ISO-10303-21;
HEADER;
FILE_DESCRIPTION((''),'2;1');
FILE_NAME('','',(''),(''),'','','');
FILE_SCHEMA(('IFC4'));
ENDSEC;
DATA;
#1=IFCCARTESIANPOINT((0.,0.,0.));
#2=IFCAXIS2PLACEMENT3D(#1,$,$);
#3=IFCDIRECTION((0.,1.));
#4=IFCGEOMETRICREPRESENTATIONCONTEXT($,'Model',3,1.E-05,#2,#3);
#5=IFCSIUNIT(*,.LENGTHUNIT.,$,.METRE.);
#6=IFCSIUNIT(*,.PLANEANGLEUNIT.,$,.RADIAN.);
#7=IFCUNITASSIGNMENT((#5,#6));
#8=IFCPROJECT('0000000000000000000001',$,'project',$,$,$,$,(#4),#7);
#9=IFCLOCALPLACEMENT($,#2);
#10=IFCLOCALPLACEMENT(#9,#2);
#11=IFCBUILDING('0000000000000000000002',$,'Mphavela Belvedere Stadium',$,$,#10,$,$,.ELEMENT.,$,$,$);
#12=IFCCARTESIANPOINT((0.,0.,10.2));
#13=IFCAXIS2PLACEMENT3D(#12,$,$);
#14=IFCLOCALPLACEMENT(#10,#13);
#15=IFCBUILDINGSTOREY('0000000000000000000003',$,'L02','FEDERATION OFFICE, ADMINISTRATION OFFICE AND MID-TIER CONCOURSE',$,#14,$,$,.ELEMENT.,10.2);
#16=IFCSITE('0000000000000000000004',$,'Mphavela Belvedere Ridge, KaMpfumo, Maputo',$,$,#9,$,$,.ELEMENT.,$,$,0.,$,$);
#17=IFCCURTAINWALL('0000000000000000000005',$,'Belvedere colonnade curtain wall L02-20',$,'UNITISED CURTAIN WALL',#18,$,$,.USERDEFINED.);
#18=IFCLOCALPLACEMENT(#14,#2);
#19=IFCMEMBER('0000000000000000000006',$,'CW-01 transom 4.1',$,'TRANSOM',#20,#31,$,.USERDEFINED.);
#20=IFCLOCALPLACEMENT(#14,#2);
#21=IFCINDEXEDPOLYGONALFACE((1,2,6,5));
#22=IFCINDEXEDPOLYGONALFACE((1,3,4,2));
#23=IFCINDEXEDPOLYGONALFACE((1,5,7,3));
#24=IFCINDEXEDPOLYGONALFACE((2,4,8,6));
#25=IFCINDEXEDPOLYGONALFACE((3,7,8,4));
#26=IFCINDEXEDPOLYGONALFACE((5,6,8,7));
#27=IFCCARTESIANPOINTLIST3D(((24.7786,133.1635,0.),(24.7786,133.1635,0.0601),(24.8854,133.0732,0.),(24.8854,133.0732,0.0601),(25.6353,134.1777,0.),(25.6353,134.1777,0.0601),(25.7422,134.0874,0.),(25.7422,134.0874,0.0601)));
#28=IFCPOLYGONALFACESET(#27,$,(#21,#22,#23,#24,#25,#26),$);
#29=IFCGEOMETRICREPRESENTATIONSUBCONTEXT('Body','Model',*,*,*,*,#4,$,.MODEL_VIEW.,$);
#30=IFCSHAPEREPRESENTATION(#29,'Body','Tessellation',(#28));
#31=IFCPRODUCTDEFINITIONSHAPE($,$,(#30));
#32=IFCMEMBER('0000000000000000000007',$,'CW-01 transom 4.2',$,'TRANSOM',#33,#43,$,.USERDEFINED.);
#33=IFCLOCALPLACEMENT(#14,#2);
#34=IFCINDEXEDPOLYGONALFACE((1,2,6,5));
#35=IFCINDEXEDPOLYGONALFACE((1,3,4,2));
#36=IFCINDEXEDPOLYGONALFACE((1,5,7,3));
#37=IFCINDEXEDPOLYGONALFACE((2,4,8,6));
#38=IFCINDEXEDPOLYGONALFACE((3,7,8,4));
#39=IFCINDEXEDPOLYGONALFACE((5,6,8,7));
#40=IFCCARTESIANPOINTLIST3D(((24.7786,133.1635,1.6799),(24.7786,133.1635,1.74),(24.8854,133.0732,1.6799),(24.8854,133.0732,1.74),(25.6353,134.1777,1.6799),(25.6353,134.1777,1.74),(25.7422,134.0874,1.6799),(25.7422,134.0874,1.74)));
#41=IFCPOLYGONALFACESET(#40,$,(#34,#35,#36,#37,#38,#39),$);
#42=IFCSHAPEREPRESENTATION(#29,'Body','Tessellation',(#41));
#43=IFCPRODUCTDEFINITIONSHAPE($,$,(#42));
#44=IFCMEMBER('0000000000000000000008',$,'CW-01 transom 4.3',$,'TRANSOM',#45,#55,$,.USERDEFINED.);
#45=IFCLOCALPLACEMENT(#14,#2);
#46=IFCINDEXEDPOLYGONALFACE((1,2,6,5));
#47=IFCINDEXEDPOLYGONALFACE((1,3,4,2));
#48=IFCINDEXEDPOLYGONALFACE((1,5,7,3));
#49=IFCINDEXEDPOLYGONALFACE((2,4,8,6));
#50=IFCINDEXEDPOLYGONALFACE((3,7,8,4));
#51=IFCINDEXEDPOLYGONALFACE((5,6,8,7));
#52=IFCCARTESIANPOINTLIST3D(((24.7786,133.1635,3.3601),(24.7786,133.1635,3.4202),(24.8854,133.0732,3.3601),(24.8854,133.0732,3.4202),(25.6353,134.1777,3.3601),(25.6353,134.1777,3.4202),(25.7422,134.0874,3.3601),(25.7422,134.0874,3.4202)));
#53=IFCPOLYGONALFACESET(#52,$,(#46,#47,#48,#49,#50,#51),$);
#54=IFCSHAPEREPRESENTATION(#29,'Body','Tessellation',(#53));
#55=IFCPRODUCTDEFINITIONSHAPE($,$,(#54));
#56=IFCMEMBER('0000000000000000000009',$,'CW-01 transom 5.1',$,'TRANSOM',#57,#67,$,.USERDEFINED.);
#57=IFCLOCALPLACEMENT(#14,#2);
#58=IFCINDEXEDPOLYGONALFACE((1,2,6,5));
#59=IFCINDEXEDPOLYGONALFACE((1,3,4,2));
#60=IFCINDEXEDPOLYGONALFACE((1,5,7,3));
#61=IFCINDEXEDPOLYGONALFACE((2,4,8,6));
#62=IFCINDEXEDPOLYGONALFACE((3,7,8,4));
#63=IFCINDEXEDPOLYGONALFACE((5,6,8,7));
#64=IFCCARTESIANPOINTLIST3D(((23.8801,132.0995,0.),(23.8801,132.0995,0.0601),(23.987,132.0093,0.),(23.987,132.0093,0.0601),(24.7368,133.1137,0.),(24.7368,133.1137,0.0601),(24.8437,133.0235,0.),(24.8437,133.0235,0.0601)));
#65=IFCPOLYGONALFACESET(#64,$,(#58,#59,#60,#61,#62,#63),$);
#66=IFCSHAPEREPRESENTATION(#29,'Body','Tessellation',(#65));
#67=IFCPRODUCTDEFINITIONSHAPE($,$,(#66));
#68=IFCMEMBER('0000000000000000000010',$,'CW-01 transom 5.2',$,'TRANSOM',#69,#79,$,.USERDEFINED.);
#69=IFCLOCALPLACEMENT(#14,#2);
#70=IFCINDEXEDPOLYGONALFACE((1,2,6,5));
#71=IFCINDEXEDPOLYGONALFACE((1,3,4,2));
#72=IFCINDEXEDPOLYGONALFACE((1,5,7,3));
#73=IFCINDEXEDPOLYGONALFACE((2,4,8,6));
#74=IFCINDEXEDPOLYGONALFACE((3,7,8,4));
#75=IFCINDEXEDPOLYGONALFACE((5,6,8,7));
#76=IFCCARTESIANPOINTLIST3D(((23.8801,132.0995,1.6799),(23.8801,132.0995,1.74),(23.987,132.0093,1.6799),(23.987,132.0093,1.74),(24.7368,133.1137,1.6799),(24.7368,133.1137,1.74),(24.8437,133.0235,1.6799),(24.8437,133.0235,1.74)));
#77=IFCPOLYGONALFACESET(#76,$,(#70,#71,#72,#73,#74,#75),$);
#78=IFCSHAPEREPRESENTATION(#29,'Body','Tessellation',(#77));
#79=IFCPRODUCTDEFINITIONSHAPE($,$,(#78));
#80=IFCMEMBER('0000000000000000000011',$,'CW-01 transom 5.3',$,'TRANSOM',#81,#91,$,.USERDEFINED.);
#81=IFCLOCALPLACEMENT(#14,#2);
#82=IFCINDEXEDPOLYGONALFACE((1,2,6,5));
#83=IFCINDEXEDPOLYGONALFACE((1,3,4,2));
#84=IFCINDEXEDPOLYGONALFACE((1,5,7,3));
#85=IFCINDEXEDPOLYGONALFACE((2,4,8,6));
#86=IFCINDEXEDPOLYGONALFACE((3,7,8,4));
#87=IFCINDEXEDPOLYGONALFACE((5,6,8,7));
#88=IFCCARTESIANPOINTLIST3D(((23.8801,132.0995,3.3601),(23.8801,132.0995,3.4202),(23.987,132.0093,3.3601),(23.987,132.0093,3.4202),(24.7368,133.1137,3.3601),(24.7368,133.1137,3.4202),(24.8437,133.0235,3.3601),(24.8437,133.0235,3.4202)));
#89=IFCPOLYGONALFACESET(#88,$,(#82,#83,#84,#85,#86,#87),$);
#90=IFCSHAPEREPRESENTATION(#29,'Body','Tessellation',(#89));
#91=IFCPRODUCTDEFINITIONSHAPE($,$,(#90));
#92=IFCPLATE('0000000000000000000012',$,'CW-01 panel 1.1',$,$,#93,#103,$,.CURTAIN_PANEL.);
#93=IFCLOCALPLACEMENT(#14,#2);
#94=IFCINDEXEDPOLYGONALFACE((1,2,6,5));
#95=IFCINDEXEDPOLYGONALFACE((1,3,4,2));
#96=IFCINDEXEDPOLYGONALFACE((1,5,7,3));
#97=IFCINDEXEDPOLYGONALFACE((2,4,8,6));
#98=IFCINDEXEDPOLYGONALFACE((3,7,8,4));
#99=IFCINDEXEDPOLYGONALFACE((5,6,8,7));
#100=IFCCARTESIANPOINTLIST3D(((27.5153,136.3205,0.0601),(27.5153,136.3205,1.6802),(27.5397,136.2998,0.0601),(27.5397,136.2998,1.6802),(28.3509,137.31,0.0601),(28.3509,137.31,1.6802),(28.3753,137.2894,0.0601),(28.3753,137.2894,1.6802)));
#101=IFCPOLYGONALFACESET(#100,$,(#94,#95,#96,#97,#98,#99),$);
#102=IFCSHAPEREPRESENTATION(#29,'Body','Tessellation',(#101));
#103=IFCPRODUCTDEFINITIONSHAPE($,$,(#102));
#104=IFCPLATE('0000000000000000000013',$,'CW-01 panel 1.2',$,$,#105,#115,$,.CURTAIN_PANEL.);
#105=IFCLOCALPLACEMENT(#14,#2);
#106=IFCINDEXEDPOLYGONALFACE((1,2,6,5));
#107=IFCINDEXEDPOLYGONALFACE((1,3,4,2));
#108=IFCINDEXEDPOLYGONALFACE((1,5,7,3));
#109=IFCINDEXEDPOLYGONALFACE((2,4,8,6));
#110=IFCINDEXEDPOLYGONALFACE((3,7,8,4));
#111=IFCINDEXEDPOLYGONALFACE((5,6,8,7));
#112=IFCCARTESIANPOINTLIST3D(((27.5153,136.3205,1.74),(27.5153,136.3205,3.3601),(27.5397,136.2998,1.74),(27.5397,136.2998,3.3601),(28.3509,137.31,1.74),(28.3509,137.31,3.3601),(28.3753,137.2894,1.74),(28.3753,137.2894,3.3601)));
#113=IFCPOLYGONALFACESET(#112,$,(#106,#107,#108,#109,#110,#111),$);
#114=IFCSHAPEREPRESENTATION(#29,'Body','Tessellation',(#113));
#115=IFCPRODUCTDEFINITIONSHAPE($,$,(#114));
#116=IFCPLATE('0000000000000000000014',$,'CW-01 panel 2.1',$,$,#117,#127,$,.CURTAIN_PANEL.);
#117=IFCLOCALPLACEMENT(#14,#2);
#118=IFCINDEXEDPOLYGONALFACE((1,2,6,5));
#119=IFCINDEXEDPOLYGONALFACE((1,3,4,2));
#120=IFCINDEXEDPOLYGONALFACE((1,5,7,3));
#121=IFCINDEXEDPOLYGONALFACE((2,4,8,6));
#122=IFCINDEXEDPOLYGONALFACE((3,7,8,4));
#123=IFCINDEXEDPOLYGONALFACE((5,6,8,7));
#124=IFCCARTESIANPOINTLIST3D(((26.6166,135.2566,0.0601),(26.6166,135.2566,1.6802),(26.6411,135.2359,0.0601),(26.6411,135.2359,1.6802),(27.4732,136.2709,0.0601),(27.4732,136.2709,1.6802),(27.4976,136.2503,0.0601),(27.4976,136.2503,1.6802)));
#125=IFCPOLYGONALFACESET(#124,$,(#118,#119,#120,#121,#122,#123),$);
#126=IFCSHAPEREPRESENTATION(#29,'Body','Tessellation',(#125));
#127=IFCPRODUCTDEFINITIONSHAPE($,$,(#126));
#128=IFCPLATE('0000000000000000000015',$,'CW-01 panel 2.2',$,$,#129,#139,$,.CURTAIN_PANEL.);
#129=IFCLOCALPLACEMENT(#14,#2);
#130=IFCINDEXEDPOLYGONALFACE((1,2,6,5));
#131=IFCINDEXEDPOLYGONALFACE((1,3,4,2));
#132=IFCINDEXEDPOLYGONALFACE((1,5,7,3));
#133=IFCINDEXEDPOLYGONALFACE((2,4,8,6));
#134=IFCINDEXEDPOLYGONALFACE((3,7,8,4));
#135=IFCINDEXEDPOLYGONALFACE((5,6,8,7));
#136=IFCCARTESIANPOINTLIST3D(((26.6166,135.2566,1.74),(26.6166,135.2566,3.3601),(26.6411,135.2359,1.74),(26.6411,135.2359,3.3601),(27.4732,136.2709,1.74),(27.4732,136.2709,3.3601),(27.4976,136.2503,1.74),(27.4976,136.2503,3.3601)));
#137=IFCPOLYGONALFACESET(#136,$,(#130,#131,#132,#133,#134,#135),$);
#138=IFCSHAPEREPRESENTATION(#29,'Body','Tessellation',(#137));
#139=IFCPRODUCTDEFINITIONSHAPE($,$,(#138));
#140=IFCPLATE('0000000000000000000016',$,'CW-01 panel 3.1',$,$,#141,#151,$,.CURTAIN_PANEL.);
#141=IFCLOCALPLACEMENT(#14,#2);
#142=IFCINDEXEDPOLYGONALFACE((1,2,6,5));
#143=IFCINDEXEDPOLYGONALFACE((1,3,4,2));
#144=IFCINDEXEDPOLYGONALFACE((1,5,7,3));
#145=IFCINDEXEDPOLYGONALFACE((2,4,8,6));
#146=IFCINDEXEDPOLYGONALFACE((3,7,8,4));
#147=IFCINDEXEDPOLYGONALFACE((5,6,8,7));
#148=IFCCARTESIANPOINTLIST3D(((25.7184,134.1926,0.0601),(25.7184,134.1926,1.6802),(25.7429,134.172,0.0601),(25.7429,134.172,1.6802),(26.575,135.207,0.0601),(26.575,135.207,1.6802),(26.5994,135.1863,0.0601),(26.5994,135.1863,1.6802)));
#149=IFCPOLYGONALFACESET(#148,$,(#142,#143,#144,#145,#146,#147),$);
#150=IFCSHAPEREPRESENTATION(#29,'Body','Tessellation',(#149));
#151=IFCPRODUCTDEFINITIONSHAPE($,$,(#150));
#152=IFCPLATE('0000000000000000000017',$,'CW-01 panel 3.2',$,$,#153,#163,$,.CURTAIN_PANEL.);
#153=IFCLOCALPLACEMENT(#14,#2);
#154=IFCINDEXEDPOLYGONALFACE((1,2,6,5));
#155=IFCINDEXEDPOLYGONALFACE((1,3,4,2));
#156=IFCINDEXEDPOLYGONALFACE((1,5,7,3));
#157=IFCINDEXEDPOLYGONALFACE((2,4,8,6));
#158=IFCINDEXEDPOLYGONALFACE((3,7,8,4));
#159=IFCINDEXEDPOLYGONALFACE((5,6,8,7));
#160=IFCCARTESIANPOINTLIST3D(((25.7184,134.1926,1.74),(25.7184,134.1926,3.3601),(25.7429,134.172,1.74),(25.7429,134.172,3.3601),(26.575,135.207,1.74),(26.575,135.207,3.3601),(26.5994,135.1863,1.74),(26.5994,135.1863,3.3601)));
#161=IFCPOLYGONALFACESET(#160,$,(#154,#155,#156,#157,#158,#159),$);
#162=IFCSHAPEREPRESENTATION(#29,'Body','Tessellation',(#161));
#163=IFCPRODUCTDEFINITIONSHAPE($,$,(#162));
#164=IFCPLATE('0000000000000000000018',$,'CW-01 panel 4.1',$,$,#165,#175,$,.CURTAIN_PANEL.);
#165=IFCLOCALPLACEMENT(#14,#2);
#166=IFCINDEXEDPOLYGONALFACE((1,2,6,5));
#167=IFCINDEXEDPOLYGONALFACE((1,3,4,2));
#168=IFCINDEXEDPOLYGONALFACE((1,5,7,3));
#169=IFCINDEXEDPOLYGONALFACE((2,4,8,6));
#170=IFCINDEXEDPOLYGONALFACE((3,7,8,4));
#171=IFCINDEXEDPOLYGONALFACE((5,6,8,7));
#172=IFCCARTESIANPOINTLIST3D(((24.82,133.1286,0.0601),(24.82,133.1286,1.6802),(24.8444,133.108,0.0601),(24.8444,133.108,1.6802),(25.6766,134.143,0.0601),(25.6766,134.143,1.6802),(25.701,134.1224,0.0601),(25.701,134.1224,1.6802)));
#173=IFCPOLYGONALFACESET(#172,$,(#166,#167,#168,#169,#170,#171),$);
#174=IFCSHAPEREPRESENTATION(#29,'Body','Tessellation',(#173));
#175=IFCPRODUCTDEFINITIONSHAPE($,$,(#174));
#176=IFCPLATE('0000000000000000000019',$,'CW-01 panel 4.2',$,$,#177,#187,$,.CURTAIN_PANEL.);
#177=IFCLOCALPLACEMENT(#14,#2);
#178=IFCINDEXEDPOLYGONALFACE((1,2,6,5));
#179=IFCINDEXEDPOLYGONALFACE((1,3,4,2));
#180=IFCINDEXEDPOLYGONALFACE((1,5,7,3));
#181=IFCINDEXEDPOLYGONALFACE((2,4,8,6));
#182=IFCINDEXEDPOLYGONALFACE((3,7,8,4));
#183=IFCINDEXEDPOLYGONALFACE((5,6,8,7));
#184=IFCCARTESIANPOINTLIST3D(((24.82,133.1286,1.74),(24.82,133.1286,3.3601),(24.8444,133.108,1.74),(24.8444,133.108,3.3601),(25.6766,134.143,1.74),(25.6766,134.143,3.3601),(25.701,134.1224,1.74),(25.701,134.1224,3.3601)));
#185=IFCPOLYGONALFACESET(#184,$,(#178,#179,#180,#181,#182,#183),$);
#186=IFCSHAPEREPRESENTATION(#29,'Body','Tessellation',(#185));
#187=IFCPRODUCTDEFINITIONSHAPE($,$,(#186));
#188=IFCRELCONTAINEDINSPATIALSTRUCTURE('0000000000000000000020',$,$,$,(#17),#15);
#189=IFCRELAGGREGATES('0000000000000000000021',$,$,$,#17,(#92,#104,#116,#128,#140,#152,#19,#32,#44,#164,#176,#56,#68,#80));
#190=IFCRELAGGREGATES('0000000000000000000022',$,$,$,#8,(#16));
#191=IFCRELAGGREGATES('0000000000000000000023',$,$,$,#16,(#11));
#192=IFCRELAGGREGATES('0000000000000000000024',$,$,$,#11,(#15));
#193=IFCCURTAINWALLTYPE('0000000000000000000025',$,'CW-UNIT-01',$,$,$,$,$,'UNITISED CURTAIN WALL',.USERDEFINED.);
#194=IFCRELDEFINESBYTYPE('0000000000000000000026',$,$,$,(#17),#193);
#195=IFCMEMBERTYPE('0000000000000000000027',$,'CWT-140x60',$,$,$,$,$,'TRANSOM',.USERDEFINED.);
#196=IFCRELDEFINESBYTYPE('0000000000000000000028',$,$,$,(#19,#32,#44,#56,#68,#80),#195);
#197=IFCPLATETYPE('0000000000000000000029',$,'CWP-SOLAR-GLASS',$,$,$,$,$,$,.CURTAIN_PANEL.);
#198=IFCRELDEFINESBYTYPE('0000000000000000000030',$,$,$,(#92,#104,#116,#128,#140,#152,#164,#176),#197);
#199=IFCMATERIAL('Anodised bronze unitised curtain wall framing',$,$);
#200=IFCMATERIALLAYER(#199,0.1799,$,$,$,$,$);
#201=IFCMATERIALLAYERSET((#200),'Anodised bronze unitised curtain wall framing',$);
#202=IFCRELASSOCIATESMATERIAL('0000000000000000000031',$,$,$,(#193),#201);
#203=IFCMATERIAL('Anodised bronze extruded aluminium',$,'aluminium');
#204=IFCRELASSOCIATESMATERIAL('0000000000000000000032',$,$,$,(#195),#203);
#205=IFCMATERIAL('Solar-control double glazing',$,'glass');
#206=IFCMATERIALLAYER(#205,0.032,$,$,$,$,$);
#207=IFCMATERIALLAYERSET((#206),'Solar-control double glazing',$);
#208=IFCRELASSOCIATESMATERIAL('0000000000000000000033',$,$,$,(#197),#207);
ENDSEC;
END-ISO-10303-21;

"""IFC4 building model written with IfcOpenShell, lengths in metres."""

from ifc_helpers import new_model, si_unit, direction, frame, origin, origin_2d, place, context, subcontext, project, spatial, rectangle, extrude, material, layer, layer_set, material_profile, profile_set, type_object, element, aggregate, save


model = new_model("IFC4")

# Units and contexts
model_context = context("Model", 3, precision=1e-05, world=origin(), true_north=direction((0.0, 1.0)))
body_context = subcontext(model_context, "Body", "Model", "MODEL_VIEW")
ifc_project = project(units=[si_unit("LENGTHUNIT", "METRE"), si_unit("PLANEANGLEUNIT", "RADIAN")], contexts=[model_context])

# Site, building, storey
site_placement = place(None, origin())
site = spatial("IfcSite", under=ifc_project, at=site_placement, Name="Mphavela Belvedere Ridge, KaMpfumo, Maputo", CompositionType="ELEMENT", RefElevation=0.0)
building_placement = place(site_placement, origin())
building = spatial("IfcBuilding", under=site, at=building_placement, Name="Mphavela Belvedere Stadium", CompositionType="ELEMENT")
storey_placement = place(building_placement, frame((0.0, 0.0, 10.2)))
storey = spatial("IfcBuildingStorey", under=building, at=storey_placement, Name="L02", Description="FEDERATION OFFICE, ADMINISTRATION OFFICE AND MID-TIER CONCOURSE", CompositionType="ELEMENT", Elevation=10.2)

# Curtain wall, members, plates
ifc_material_1 = material(Name="Anodised bronze unitised curtain wall framing")
ifc_layer_1 = layer(ifc_material_1, 0.1799)
ifc_layer_set_1 = layer_set([ifc_layer_1], Name="Anodised bronze unitised curtain wall framing")
curtain_wall_type = type_object("IfcCurtainWallType", Name="CW-UNIT-01", ElementType="UNITISED CURTAIN WALL", PredefinedType="USERDEFINED", material=ifc_layer_set_1)
curtain_wall_placement = place(storey_placement, origin())
curtain_wall = element("IfcCurtainWall", 1, at=curtain_wall_placement, inside=storey, type_object=curtain_wall_type, Name="Belvedere colonnade curtain wall L02-20", ObjectType="UNITISED CURTAIN WALL", PredefinedType="USERDEFINED")
ifc_material_2 = material(Name="Anodised bronze extruded aluminium", Category="aluminium")
ifc_material_profile_1 = material_profile(ifc_material_2, rectangle(XDim=0.1399, YDim=0.0601, at=origin_2d()), Name="CW-TRN 140x60")
ifc_profile_set_1 = profile_set([ifc_material_profile_1], Name="Anodised bronze extruded aluminium")
member_type_1 = type_object("IfcMemberType", Name="CWT-140x60", ElementType="TRANSOM", PredefinedType="USERDEFINED", material=ifc_profile_set_1)
member_1_placement = place(storey_placement, frame((25.6887, 134.1326, 0.03), z_axis=(-0.645307, -0.763923, 0.0), x_axis=(0.763923, -0.645307, 0.0)))
member_1 = element("IfcMember", 2, at=member_1_placement, type_object=member_type_1, Name="CW-01 transom 4.1", ObjectType="TRANSOM", PredefinedType="USERDEFINED", context=body_context, shape_type="SweptSolid", body=[
    extrude(rectangle(XDim=0.1399, YDim=0.0601, at=origin_2d()), origin(), (0.0, 0.0, 1.0), 1.3276),
])
member_2_placement = place(storey_placement, frame((25.6887, 134.1326, 1.71), z_axis=(-0.645307, -0.763923, 0.0), x_axis=(0.763923, -0.645307, 0.0)))
member_2 = element("IfcMember", 3, at=member_2_placement, type_object=member_type_1, Name="CW-01 transom 4.2", ObjectType="TRANSOM", PredefinedType="USERDEFINED", context=body_context, shape_type="SweptSolid", body=[
    extrude(rectangle(XDim=0.1399, YDim=0.0601, at=origin_2d()), origin(), (0.0, 0.0, 1.0), 1.3276),
])
member_3_placement = place(storey_placement, frame((25.6887, 134.1326, 3.3901), z_axis=(-0.645307, -0.763923, 0.0), x_axis=(0.763923, -0.645307, 0.0)))
member_3 = element("IfcMember", 4, at=member_3_placement, type_object=member_type_1, Name="CW-01 transom 4.3", ObjectType="TRANSOM", PredefinedType="USERDEFINED", context=body_context, shape_type="SweptSolid", body=[
    extrude(rectangle(XDim=0.1399, YDim=0.0601, at=origin_2d()), origin(), (0.0, 0.0, 1.0), 1.3276),
])
member_4_placement = place(storey_placement, frame((24.7903, 133.0686, 0.03), z_axis=(-0.645307, -0.763923, 0.0), x_axis=(0.763923, -0.645307, 0.0)))
member_4 = element("IfcMember", 5, at=member_4_placement, type_object=member_type_1, Name="CW-01 transom 5.1", ObjectType="TRANSOM", PredefinedType="USERDEFINED", context=body_context, shape_type="SweptSolid", body=[
    extrude(rectangle(XDim=0.1399, YDim=0.0601, at=origin_2d()), origin(), (0.0, 0.0, 1.0), 1.3276),
])
member_5_placement = place(storey_placement, frame((24.7903, 133.0686, 1.71), z_axis=(-0.645307, -0.763923, 0.0), x_axis=(0.763923, -0.645307, 0.0)))
member_5 = element("IfcMember", 6, at=member_5_placement, type_object=member_type_1, Name="CW-01 transom 5.2", ObjectType="TRANSOM", PredefinedType="USERDEFINED", context=body_context, shape_type="SweptSolid", body=[
    extrude(rectangle(XDim=0.1399, YDim=0.0601, at=origin_2d()), origin(), (0.0, 0.0, 1.0), 1.3276),
])
member_6_placement = place(storey_placement, frame((24.7903, 133.0686, 3.3901), z_axis=(-0.645307, -0.763923, 0.0), x_axis=(0.763923, -0.645307, 0.0)))
member_6 = element("IfcMember", 7, at=member_6_placement, type_object=member_type_1, Name="CW-01 transom 5.3", ObjectType="TRANSOM", PredefinedType="USERDEFINED", context=body_context, shape_type="SweptSolid", body=[
    extrude(rectangle(XDim=0.1399, YDim=0.0601, at=origin_2d()), origin(), (0.0, 0.0, 1.0), 1.3276),
])
ifc_material_3 = material(Name="Solar-control double glazing", Category="glass")
ifc_layer_2 = layer(ifc_material_3, 0.032)
ifc_layer_set_2 = layer_set([ifc_layer_2], Name="Solar-control double glazing")
plate_type = type_object("IfcPlateType", Name="CWP-SOLAR-GLASS", PredefinedType="CURTAIN_PANEL", material=ifc_layer_set_2)
plate_1_placement = place(storey_placement, frame((27.9453, 136.8049, 0.0601), z_axis=(0.0, 0.0, 1.0), x_axis=(-0.645169, -0.76404, 0.0)))
plate_1 = element("IfcPlate", 8, at=plate_1_placement, type_object=plate_type, Name="CW-01 panel 1.1", PredefinedType="CURTAIN_PANEL", context=body_context, shape_type="SweptSolid", body=[
    extrude(rectangle(XDim=1.2952, YDim=0.032, at=origin_2d()), origin(), (0.0, 0.0, 1.0), 1.6201),
])
plate_2_placement = place(storey_placement, frame((27.9453, 136.8049, 1.74), z_axis=(0.0, 0.0, 1.0), x_axis=(-0.645169, -0.76404, 0.0)))
plate_2 = element("IfcPlate", 9, at=plate_2_placement, type_object=plate_type, Name="CW-01 panel 1.2", PredefinedType="CURTAIN_PANEL", context=body_context, shape_type="SweptSolid", body=[
    extrude(rectangle(XDim=1.2952, YDim=0.032, at=origin_2d()), origin(), (0.0, 0.0, 1.0), 1.6201),
])
plate_3_placement = place(storey_placement, frame((27.0571, 135.7534, 0.0601), z_axis=(0.0, 0.0, 1.0), x_axis=(-0.645169, -0.76404, 0.0)))
plate_3 = element("IfcPlate", 10, at=plate_3_placement, type_object=plate_type, Name="CW-01 panel 2.1", PredefinedType="CURTAIN_PANEL", context=body_context, shape_type="SweptSolid", body=[
    extrude(rectangle(XDim=1.3276, YDim=0.032, at=origin_2d()), origin(), (0.0, 0.0, 1.0), 1.6201),
])
plate_4_placement = place(storey_placement, frame((27.0571, 135.7534, 1.74), z_axis=(0.0, 0.0, 1.0), x_axis=(-0.645169, -0.76404, 0.0)))
plate_4 = element("IfcPlate", 11, at=plate_4_placement, type_object=plate_type, Name="CW-01 panel 2.2", PredefinedType="CURTAIN_PANEL", context=body_context, shape_type="SweptSolid", body=[
    extrude(rectangle(XDim=1.3276, YDim=0.032, at=origin_2d()), origin(), (0.0, 0.0, 1.0), 1.6201),
])
plate_5_placement = place(storey_placement, frame((26.1589, 134.6895, 0.0601), z_axis=(0.0, 0.0, 1.0), x_axis=(-0.645169, -0.76404, 0.0)))
plate_5 = element("IfcPlate", 12, at=plate_5_placement, type_object=plate_type, Name="CW-01 panel 3.1", PredefinedType="CURTAIN_PANEL", context=body_context, shape_type="SweptSolid", body=[
    extrude(rectangle(XDim=1.3276, YDim=0.032, at=origin_2d()), origin(), (0.0, 0.0, 1.0), 1.6201),
])
plate_6_placement = place(storey_placement, frame((26.1589, 134.6895, 1.74), z_axis=(0.0, 0.0, 1.0), x_axis=(-0.645169, -0.76404, 0.0)))
plate_6 = element("IfcPlate", 13, at=plate_6_placement, type_object=plate_type, Name="CW-01 panel 3.2", PredefinedType="CURTAIN_PANEL", context=body_context, shape_type="SweptSolid", body=[
    extrude(rectangle(XDim=1.3276, YDim=0.032, at=origin_2d()), origin(), (0.0, 0.0, 1.0), 1.6201),
])
plate_7_placement = place(storey_placement, frame((25.2605, 133.6255, 0.0601), z_axis=(0.0, 0.0, 1.0), x_axis=(-0.645169, -0.76404, 0.0)))
plate_7 = element("IfcPlate", 14, at=plate_7_placement, type_object=plate_type, Name="CW-01 panel 4.1", PredefinedType="CURTAIN_PANEL", context=body_context, shape_type="SweptSolid", body=[
    extrude(rectangle(XDim=1.3276, YDim=0.032, at=origin_2d()), origin(), (0.0, 0.0, 1.0), 1.6201),
])
plate_8_placement = place(storey_placement, frame((25.2605, 133.6255, 1.74), z_axis=(0.0, 0.0, 1.0), x_axis=(-0.645169, -0.76404, 0.0)))
plate_8 = element("IfcPlate", 15, at=plate_8_placement, type_object=plate_type, Name="CW-01 panel 4.2", PredefinedType="CURTAIN_PANEL", context=body_context, shape_type="SweptSolid", body=[
    extrude(rectangle(XDim=1.3276, YDim=0.032, at=origin_2d()), origin(), (0.0, 0.0, 1.0), 1.6201),
])
aggregate(curtain_wall, [plate_1, plate_2, plate_3, plate_4, plate_5, plate_6, member_1, member_2, member_3, plate_7, plate_8, member_4, member_5, member_6])

save(model, "model.ifc")
